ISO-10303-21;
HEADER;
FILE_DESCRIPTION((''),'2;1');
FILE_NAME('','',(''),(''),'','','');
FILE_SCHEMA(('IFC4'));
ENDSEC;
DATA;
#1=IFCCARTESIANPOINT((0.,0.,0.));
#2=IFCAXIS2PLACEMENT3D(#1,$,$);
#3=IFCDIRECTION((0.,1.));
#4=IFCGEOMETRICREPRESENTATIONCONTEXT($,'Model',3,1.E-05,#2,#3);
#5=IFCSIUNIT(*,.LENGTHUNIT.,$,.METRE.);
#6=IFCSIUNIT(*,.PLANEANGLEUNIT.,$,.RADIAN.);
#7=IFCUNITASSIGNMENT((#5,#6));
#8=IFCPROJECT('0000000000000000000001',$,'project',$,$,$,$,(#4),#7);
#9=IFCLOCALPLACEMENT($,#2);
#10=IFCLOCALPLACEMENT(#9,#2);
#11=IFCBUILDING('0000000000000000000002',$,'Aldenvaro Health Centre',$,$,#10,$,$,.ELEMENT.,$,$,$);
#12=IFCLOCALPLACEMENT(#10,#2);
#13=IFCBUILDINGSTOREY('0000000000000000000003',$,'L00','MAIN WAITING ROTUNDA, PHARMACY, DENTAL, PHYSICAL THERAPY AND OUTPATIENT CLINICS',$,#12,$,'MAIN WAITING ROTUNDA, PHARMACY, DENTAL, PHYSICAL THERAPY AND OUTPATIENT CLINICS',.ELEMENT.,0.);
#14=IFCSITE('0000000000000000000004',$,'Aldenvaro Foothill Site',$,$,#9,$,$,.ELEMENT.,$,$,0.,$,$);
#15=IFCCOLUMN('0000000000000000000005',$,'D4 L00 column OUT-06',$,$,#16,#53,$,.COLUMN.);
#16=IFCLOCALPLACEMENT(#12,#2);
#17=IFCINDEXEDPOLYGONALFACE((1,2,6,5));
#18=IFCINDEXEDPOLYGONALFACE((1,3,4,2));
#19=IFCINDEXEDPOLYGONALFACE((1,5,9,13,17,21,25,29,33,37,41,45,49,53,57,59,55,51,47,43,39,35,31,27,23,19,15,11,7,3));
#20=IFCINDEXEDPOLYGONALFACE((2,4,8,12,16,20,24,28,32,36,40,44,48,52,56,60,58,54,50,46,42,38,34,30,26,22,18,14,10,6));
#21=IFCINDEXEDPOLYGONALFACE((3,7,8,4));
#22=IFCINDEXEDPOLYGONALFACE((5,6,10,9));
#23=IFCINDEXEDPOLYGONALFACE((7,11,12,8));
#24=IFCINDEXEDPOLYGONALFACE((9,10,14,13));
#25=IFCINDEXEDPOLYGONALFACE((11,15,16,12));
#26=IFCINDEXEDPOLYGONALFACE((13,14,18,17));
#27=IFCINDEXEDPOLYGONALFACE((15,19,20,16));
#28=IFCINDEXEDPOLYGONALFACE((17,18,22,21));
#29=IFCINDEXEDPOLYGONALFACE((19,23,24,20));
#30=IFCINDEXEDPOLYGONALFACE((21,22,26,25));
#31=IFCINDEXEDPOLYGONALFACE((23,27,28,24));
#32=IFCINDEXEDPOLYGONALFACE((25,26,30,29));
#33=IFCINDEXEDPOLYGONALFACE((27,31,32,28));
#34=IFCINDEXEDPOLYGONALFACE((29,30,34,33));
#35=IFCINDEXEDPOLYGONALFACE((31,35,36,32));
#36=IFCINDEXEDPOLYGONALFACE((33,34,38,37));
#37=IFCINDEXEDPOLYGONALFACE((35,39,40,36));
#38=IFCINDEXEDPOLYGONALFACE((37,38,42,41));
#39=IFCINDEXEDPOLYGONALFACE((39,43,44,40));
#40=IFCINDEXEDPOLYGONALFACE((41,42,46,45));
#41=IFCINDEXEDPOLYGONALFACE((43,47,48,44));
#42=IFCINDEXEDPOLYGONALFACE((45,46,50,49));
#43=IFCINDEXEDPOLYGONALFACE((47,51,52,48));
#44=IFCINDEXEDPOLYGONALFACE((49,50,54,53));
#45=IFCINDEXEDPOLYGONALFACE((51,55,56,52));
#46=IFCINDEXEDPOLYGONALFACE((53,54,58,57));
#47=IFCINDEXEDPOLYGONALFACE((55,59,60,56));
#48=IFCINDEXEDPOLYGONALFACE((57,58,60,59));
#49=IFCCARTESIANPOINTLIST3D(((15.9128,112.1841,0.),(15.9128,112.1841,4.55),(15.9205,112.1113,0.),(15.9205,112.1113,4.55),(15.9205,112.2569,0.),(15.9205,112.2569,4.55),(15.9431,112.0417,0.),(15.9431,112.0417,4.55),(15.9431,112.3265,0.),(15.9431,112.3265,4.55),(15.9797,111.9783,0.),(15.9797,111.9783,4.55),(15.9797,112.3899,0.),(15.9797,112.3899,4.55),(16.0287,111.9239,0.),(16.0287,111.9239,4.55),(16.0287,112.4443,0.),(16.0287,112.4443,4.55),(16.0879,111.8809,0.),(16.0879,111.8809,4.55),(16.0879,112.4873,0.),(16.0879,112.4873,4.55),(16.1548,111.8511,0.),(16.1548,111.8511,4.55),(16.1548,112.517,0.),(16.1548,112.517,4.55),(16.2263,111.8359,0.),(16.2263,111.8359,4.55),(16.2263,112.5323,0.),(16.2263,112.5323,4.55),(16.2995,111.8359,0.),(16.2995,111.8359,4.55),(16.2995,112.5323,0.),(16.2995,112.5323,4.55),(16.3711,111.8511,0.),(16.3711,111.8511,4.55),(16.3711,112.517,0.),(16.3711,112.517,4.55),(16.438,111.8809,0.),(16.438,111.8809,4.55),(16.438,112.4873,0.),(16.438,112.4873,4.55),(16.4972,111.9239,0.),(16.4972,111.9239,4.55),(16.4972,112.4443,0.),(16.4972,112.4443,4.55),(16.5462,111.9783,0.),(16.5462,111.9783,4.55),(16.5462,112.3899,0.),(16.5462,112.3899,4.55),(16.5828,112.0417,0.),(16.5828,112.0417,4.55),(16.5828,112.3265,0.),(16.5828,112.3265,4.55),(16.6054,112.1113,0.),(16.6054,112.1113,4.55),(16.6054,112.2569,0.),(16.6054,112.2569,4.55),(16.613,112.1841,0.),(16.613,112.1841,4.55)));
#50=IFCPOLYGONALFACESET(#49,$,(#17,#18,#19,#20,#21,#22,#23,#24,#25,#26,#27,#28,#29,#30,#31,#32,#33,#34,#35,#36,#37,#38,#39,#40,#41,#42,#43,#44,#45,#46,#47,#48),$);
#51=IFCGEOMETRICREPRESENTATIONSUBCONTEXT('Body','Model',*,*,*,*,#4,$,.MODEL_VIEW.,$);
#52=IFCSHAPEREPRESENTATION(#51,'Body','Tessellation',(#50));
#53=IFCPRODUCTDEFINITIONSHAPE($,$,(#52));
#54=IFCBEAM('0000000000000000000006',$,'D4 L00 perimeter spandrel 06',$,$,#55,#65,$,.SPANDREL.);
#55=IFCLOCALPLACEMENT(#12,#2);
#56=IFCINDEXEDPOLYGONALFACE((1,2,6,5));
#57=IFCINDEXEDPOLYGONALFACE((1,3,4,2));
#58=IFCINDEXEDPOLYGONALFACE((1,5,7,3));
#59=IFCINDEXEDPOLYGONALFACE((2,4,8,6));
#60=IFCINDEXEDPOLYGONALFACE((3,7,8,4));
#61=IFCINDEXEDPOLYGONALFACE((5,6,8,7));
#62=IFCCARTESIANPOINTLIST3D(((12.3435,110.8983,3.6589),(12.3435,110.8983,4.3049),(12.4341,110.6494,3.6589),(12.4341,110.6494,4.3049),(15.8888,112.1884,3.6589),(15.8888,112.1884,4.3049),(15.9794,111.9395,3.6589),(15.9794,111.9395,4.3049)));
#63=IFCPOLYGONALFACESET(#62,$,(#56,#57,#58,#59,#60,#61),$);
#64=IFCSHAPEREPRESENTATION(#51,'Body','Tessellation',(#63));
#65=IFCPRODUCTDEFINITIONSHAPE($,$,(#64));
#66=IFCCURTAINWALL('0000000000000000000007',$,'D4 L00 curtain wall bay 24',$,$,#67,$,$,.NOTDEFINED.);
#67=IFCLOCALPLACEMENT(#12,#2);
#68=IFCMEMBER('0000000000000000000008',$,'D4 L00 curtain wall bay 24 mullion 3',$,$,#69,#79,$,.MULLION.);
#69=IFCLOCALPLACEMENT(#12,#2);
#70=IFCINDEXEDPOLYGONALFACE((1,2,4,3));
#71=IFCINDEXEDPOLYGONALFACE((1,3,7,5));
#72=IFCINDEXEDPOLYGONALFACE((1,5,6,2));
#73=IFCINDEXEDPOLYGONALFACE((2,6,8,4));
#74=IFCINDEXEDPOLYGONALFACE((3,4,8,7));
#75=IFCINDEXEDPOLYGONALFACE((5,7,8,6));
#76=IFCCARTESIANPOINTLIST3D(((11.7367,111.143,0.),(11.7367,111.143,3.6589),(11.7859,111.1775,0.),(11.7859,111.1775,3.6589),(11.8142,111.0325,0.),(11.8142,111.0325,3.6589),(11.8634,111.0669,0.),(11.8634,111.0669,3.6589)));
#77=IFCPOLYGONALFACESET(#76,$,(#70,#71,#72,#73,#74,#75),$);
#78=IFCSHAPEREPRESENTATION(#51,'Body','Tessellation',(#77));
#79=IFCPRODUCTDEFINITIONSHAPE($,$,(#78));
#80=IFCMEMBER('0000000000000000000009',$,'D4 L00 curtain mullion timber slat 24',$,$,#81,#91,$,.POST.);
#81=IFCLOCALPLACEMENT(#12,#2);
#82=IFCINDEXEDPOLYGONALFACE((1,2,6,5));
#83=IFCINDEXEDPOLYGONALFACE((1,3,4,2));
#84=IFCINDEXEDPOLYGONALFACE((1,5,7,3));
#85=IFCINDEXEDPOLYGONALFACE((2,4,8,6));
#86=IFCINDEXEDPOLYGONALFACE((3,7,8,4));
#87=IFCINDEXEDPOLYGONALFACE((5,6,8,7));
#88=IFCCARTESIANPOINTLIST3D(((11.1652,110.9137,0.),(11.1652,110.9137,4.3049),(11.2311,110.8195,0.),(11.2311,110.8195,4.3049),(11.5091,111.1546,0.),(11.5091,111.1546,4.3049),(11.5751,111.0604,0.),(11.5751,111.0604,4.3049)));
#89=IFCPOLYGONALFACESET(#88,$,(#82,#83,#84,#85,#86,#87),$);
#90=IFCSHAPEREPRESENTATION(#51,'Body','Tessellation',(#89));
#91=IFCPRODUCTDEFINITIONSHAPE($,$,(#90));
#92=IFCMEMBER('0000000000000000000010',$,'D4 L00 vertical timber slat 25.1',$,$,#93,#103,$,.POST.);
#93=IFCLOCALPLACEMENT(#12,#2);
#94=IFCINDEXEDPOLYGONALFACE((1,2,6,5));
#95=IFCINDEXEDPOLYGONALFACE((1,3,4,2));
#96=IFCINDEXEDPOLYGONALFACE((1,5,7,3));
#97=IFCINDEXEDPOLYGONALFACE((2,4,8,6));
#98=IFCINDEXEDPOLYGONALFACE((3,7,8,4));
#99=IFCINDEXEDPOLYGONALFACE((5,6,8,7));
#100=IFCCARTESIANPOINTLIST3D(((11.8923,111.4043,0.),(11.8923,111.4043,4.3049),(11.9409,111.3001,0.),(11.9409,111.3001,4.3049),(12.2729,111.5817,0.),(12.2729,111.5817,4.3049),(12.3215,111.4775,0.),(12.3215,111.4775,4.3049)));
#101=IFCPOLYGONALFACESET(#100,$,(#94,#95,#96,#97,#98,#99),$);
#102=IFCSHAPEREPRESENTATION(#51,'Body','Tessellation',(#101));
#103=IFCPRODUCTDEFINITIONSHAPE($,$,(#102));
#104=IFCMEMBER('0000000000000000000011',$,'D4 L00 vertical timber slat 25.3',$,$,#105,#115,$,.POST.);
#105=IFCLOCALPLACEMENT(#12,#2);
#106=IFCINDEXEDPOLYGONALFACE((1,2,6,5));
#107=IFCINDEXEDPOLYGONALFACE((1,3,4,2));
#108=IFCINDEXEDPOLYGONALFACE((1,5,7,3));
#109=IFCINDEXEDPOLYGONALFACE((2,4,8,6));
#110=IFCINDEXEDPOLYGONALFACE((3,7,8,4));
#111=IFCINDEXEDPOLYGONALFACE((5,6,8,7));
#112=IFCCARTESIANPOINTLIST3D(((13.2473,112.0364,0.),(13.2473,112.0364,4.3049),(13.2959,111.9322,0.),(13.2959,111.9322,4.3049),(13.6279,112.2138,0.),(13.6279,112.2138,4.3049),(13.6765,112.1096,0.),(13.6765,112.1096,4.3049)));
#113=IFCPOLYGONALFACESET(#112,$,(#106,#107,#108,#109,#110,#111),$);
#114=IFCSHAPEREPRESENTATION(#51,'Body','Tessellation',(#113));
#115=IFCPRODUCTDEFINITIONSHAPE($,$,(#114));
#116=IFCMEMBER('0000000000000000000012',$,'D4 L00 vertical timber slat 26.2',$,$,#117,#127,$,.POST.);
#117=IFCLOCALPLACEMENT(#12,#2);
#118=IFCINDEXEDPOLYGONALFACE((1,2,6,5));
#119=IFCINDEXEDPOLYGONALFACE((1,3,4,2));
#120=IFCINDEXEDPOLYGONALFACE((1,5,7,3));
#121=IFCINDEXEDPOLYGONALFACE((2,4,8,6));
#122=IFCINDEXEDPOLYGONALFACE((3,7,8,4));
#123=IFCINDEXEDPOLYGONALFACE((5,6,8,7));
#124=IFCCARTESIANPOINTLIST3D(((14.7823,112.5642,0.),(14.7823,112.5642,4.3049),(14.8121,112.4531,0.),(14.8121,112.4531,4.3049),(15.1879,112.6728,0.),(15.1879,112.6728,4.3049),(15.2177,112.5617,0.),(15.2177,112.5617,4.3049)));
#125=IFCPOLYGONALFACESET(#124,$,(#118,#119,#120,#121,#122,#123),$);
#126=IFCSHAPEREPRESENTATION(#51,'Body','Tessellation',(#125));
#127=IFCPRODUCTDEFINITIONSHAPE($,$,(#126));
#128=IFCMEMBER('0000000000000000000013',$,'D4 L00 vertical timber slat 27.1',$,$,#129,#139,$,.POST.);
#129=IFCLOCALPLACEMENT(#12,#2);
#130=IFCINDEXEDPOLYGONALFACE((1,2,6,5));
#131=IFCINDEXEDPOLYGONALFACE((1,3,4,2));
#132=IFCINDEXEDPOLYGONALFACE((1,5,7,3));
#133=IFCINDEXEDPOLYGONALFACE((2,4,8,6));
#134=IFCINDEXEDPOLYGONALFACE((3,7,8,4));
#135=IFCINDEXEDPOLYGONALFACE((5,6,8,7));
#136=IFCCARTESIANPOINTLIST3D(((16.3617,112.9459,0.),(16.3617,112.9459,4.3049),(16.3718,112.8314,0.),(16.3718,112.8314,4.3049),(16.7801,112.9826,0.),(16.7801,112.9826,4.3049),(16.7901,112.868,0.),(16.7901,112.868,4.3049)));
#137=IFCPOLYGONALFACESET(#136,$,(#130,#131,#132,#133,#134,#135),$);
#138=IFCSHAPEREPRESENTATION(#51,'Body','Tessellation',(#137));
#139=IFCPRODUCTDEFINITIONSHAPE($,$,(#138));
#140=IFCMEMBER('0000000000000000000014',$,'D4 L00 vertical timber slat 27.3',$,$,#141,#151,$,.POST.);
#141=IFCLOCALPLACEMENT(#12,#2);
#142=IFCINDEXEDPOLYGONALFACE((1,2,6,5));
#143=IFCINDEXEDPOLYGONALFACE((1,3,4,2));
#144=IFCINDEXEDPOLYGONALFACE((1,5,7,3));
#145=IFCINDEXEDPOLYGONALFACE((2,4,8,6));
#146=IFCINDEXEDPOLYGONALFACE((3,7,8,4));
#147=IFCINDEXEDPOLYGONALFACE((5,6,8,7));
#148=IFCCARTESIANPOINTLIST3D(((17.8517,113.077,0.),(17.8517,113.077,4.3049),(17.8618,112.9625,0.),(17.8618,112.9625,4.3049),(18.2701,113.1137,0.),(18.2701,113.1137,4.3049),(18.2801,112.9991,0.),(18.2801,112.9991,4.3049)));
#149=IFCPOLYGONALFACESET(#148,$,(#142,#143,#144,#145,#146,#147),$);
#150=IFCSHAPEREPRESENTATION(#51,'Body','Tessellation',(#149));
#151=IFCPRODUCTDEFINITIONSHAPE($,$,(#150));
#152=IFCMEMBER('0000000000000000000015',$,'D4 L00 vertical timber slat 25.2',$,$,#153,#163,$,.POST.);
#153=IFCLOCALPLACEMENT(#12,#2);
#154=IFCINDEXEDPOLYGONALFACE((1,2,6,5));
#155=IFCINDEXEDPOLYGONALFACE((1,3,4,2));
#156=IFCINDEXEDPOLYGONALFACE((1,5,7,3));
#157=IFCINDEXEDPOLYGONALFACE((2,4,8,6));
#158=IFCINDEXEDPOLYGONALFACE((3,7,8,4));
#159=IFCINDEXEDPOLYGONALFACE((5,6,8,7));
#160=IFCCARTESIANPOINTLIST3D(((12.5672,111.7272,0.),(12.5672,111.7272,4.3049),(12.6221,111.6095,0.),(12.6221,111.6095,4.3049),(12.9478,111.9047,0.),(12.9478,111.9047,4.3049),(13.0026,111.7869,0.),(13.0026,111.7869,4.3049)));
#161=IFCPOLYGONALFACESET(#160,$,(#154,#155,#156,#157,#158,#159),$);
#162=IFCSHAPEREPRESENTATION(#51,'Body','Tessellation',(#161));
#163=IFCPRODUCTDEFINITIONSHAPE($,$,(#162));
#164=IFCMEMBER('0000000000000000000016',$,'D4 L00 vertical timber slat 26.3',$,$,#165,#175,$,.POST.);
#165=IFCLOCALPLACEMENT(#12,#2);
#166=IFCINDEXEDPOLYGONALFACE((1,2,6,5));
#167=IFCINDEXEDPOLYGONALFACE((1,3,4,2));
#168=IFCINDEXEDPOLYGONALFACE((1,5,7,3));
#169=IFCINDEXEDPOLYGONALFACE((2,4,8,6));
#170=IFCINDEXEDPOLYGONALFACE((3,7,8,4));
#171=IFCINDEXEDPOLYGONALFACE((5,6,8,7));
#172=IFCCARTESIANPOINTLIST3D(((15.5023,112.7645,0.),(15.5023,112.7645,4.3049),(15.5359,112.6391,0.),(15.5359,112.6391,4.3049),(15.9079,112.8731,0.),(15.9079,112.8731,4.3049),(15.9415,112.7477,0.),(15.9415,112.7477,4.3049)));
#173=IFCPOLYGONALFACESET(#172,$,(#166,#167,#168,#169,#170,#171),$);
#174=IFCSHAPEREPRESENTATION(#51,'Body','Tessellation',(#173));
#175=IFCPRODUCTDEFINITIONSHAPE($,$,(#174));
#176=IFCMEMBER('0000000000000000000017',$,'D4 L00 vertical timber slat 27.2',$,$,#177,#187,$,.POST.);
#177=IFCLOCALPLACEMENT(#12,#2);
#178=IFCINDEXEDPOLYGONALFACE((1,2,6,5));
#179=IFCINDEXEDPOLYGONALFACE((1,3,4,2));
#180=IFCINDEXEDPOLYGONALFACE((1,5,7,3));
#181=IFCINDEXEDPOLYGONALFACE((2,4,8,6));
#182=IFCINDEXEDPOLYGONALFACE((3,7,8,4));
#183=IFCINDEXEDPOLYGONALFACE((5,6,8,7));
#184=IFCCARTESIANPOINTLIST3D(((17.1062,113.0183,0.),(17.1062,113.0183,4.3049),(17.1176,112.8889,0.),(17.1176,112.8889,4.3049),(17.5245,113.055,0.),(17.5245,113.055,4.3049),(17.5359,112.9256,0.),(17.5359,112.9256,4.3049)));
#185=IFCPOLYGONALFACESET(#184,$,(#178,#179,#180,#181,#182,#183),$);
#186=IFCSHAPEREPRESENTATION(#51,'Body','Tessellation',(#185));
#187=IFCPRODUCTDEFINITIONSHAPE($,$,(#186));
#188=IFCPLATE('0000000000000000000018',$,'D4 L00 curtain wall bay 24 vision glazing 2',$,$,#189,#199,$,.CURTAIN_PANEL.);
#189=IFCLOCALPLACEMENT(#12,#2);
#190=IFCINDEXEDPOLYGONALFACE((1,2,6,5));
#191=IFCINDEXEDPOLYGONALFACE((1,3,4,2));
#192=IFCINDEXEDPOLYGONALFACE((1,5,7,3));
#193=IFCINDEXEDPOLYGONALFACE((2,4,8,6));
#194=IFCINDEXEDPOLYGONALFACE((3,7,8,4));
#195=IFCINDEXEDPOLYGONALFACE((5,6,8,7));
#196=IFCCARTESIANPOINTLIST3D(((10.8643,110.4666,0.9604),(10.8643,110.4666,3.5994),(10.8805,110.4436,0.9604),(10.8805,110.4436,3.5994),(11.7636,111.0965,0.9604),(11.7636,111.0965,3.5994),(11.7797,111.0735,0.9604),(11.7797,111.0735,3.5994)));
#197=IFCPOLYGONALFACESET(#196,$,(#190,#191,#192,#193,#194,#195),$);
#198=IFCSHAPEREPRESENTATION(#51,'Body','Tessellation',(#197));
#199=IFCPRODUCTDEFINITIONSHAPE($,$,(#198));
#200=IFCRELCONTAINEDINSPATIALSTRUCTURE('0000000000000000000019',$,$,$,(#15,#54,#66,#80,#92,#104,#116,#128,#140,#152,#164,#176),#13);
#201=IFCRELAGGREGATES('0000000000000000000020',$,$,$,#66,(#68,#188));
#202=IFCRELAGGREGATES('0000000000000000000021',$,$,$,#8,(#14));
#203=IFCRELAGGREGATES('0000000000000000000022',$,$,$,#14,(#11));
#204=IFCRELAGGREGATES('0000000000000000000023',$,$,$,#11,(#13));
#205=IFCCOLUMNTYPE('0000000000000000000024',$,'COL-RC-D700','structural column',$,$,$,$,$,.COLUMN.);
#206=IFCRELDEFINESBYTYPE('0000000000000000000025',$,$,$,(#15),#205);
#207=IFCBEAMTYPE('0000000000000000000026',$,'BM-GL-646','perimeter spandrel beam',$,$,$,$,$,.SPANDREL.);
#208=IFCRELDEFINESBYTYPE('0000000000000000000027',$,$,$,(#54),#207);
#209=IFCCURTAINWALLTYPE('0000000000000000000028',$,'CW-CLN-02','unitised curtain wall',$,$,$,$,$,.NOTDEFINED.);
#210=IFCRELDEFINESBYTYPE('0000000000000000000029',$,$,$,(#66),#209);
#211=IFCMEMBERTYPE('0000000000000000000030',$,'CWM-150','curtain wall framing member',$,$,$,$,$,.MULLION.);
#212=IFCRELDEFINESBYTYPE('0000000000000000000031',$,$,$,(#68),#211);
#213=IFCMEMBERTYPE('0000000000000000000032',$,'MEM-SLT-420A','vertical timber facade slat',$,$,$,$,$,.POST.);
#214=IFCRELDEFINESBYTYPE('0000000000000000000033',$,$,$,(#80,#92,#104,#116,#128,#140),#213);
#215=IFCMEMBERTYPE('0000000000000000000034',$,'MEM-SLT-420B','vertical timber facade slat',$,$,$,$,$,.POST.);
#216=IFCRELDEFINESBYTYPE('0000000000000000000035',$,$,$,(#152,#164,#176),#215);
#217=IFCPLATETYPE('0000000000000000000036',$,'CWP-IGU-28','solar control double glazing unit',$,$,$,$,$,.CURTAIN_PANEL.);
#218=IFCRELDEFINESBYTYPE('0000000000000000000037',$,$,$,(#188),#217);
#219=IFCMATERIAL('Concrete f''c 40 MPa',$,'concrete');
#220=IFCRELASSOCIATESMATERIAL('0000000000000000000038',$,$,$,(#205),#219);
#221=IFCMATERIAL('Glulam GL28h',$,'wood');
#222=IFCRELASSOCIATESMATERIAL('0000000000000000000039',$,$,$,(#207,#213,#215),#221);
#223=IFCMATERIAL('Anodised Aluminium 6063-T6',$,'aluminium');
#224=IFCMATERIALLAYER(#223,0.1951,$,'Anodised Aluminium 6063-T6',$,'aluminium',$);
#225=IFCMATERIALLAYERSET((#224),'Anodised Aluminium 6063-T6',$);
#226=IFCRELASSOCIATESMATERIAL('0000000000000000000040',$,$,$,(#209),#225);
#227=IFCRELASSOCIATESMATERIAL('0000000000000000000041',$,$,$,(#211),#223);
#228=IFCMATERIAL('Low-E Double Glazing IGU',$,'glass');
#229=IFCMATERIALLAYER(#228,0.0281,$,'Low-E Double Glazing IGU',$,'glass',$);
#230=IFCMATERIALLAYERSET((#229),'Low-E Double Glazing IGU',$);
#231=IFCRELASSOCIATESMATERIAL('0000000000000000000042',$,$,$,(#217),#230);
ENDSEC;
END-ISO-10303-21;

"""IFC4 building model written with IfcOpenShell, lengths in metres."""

from ifc_helpers import new_model, si_unit, direction, frame, origin, origin_2d, place, context, subcontext, project, spatial, rectangle, circle, extrude, material, layer, layer_set, material_profile, profile_set, type_object, element, aggregate, save


model = new_model("IFC4")

# Units and contexts
model_context = context("Model", 3, precision=1e-05, world=origin(), true_north=direction((0.0, 1.0)))
body_context = subcontext(model_context, "Body", "Model", "MODEL_VIEW")
ifc_project = project(units=[si_unit("LENGTHUNIT", "METRE"), si_unit("PLANEANGLEUNIT", "RADIAN")], contexts=[model_context])

# Site, building, storey
site_placement = place(None, origin())
site = spatial("IfcSite", under=ifc_project, at=site_placement, Name="Aldenvaro Foothill Site", CompositionType="ELEMENT", RefElevation=0.0)
building_placement = place(site_placement, origin())
building = spatial("IfcBuilding", under=site, at=building_placement, Name="Aldenvaro Health Centre", CompositionType="ELEMENT")
storey_placement = place(building_placement, origin())
storey = spatial("IfcBuildingStorey", under=building, at=storey_placement, Name="L00", Description="MAIN WAITING ROTUNDA, PHARMACY, DENTAL, PHYSICAL THERAPY AND OUTPATIENT CLINICS", LongName="MAIN WAITING ROTUNDA, PHARMACY, DENTAL, PHYSICAL THERAPY AND OUTPATIENT CLINICS", CompositionType="ELEMENT", Elevation=0.0)

# Column
ifc_material_1 = material(Name="Concrete f'c 40 MPa", Category="concrete")
ifc_material_profile_1 = material_profile(ifc_material_1, circle(Radius=0.3501, at=origin_2d()), Name="RC D700", Category="concrete")
ifc_profile_set_1 = profile_set([ifc_material_profile_1], Name="Concrete f'c 40 MPa")
column_type = type_object("IfcColumnType", Name="COL-RC-D700", Description="structural column", PredefinedType="COLUMN", material=ifc_profile_set_1)
column_placement = place(storey_placement, frame((16.2629, 112.1841, 0.0), z_axis=(0.0, 0.0, 1.0), x_axis=(1.0, 0.0, 0.0)))
element("IfcColumn", 1, at=column_placement, inside=storey, type_object=column_type, Name="D4 L00 column OUT-06", PredefinedType="COLUMN", context=body_context, shape_type="SweptSolid", body=[
    extrude(circle(Radius=0.3501, at=origin_2d()), origin(), (0.0, 0.0, 1.0), 4.55),
])

# Beam
ifc_material_2 = material(Name="Glulam GL28h", Category="wood")
ifc_material_profile_2 = material_profile(ifc_material_2, rectangle(XDim=0.2649, YDim=0.646, at=origin_2d()), Name="GL 265x646", Category="wood")
ifc_profile_set_2 = profile_set([ifc_material_profile_2], Name="Glulam GL28h")
beam_type = type_object("IfcBeamType", Name="BM-GL-646", Description="perimeter spandrel beam", PredefinedType="SPANDREL", material=ifc_profile_set_2)
beam_placement = place(storey_placement, frame((15.9341, 112.064, 3.9819), z_axis=(-0.939718, -0.341951, 0.0), x_axis=(0.341951, -0.939718, 0.0)))
element("IfcBeam", 2, at=beam_placement, inside=storey, type_object=beam_type, Name="D4 L00 perimeter spandrel 06", PredefinedType="SPANDREL", context=body_context, shape_type="SweptSolid", body=[
    extrude(rectangle(XDim=0.2649, YDim=0.646, at=origin_2d()), origin(), (0.0, 0.0, 1.0), 3.7727),
])

# Curtain wall, member
ifc_material_3 = material(Name="Anodised Aluminium 6063-T6", Category="aluminium")
ifc_layer_1 = layer(ifc_material_3, 0.1951, Name="Anodised Aluminium 6063-T6", Category="aluminium")
ifc_layer_set_1 = layer_set([ifc_layer_1], Name="Anodised Aluminium 6063-T6")
curtain_wall_type = type_object("IfcCurtainWallType", Name="CW-CLN-02", Description="unitised curtain wall", PredefinedType="NOTDEFINED", material=ifc_layer_set_1)
curtain_wall_placement = place(storey_placement, origin())
curtain_wall = element("IfcCurtainWall", 3, at=curtain_wall_placement, inside=storey, type_object=curtain_wall_type, Name="D4 L00 curtain wall bay 24", PredefinedType="NOTDEFINED")
ifc_material_profile_3 = material_profile(ifc_material_3, rectangle(XDim=0.0601, YDim=0.135, at=origin_2d()), Name="ALU 60x135", Category="aluminium")
ifc_profile_set_3 = profile_set([ifc_material_profile_3], Name="Anodised Aluminium 6063-T6")
member_type_1 = type_object("IfcMemberType", Name="CWM-150", Description="curtain wall framing member", PredefinedType="MULLION", material=ifc_profile_set_3)
member_placement = place(storey_placement, frame((11.8, 111.105, 0.0), z_axis=(0.0, 0.0, 1.0), x_axis=(0.819051, 0.573721, 0.0)))
member = element("IfcMember", 4, at=member_placement, type_object=member_type_1, Name="D4 L00 curtain wall bay 24 mullion 3", PredefinedType="MULLION", context=body_context, shape_type="SweptSolid", body=[
    extrude(rectangle(XDim=0.0601, YDim=0.135, at=origin_2d()), origin(), (0.0, 0.0, 1.0), 3.6589),
])

# Members
ifc_material_profile_4 = material_profile(ifc_material_2, rectangle(XDim=0.115, YDim=0.4199, at=origin_2d()), Name="GL 115x420", Category="wood")
ifc_profile_set_4 = profile_set([ifc_material_profile_4], Name="Glulam GL28h")
member_type_2 = type_object("IfcMemberType", Name="MEM-SLT-420A", Description="vertical timber facade slat", PredefinedType="POST", material=ifc_profile_set_4)
for number, where, z_axis, x_axis, name in (
    (5, (11.3701, 110.9871, 0.0), (0.0, 0.0, 1.0), (-0.573721, 0.819051, 0.0), "D4 L00 curtain mullion timber slat 24"),
    (6, (12.1069, 111.4409, 0.0), (0.0, 0.0, 1.0), (-0.422557, 0.906336, 0.0), "D4 L00 vertical timber slat 25.1"),
    (7, (13.4619, 112.073, 0.0), (0.0, 0.0, 1.0), (-0.422557, 0.906336, 0.0), "D4 L00 vertical timber slat 25.3"),
    (8, (15.0, 112.563, 0.0), (0.0, 0.0, 1.0), (-0.258622, 0.965979, 0.0), "D4 L00 vertical timber slat 26.2"),
    (9, (16.5759, 112.907, 0.0), (0.0, 0.0, 1.0), (-0.087332, 0.996179, 0.0), "D4 L00 vertical timber slat 27.1"),
    (10, (18.0659, 113.0381, 0.0), (0.0, 0.0, 1.0), (-0.087332, 0.996179, 0.0), "D4 L00 vertical timber slat 27.3"),
):
    element("IfcMember", number, at=place(storey_placement, frame(where, z_axis=z_axis, x_axis=x_axis)), inside=storey, type_object=member_type_2, Name=name, PredefinedType="POST", context=body_context, shape_type="SweptSolid", body=[
        extrude(rectangle(XDim=0.115, YDim=0.4199, at=origin_2d()), origin(), (0.0, 0.0, 1.0), 4.3049),
    ])
ifc_material_profile_5 = material_profile(ifc_material_2, rectangle(XDim=0.1299, YDim=0.4199, at=origin_2d()), Name="GL 130x420", Category="wood")
ifc_profile_set_5 = profile_set([ifc_material_profile_5], Name="Glulam GL28h")
member_type_3 = type_object("IfcMemberType", Name="MEM-SLT-420B", Description="vertical timber facade slat", PredefinedType="POST", material=ifc_profile_set_5)
for number, where, z_axis, x_axis, name in (
    (11, (12.7849, 111.7571, 0.0), (0.0, 0.0, 1.0), (-0.422557, 0.906336, 0.0), "D4 L00 vertical timber slat 25.2"),
    (12, (15.7219, 112.7561, 0.0), (0.0, 0.0, 1.0), (-0.258622, 0.965979, 0.0), "D4 L00 vertical timber slat 26.3"),
    (13, (17.321, 112.9719, 0.0), (0.0, 0.0, 1.0), (-0.087332, 0.996179, 0.0), "D4 L00 vertical timber slat 27.2"),
):
    element("IfcMember", number, at=place(storey_placement, frame(where, z_axis=z_axis, x_axis=x_axis)), inside=storey, type_object=member_type_3, Name=name, PredefinedType="POST", context=body_context, shape_type="SweptSolid", body=[
        extrude(rectangle(XDim=0.1299, YDim=0.4199, at=origin_2d()), origin(), (0.0, 0.0, 1.0), 4.3049),
    ])

# Plate
ifc_material_4 = material(Name="Low-E Double Glazing IGU", Category="glass")
ifc_layer_2 = layer(ifc_material_4, 0.0281, Name="Low-E Double Glazing IGU", Category="glass")
ifc_layer_set_2 = layer_set([ifc_layer_2], Name="Low-E Double Glazing IGU")
plate_type = type_object("IfcPlateType", Name="CWP-IGU-28", Description="solar control double glazing unit", PredefinedType="CURTAIN_PANEL", material=ifc_layer_set_2)
plate_placement = place(storey_placement, frame((11.322, 110.77, 0.9604), z_axis=(0.0, 0.0, 1.0), x_axis=(0.819051, 0.573721, 0.0)))
plate = element("IfcPlate", 14, at=plate_placement, type_object=plate_type, Name="D4 L00 curtain wall bay 24 vision glazing 2", PredefinedType="CURTAIN_PANEL", context=body_context, shape_type="SweptSolid", body=[
    extrude(rectangle(XDim=1.0979, YDim=0.0281, at=origin_2d()), origin(), (0.0, 0.0, 1.0), 2.6389),
])
aggregate(curtain_wall, [member, plate])

save(model, "model.ifc")
